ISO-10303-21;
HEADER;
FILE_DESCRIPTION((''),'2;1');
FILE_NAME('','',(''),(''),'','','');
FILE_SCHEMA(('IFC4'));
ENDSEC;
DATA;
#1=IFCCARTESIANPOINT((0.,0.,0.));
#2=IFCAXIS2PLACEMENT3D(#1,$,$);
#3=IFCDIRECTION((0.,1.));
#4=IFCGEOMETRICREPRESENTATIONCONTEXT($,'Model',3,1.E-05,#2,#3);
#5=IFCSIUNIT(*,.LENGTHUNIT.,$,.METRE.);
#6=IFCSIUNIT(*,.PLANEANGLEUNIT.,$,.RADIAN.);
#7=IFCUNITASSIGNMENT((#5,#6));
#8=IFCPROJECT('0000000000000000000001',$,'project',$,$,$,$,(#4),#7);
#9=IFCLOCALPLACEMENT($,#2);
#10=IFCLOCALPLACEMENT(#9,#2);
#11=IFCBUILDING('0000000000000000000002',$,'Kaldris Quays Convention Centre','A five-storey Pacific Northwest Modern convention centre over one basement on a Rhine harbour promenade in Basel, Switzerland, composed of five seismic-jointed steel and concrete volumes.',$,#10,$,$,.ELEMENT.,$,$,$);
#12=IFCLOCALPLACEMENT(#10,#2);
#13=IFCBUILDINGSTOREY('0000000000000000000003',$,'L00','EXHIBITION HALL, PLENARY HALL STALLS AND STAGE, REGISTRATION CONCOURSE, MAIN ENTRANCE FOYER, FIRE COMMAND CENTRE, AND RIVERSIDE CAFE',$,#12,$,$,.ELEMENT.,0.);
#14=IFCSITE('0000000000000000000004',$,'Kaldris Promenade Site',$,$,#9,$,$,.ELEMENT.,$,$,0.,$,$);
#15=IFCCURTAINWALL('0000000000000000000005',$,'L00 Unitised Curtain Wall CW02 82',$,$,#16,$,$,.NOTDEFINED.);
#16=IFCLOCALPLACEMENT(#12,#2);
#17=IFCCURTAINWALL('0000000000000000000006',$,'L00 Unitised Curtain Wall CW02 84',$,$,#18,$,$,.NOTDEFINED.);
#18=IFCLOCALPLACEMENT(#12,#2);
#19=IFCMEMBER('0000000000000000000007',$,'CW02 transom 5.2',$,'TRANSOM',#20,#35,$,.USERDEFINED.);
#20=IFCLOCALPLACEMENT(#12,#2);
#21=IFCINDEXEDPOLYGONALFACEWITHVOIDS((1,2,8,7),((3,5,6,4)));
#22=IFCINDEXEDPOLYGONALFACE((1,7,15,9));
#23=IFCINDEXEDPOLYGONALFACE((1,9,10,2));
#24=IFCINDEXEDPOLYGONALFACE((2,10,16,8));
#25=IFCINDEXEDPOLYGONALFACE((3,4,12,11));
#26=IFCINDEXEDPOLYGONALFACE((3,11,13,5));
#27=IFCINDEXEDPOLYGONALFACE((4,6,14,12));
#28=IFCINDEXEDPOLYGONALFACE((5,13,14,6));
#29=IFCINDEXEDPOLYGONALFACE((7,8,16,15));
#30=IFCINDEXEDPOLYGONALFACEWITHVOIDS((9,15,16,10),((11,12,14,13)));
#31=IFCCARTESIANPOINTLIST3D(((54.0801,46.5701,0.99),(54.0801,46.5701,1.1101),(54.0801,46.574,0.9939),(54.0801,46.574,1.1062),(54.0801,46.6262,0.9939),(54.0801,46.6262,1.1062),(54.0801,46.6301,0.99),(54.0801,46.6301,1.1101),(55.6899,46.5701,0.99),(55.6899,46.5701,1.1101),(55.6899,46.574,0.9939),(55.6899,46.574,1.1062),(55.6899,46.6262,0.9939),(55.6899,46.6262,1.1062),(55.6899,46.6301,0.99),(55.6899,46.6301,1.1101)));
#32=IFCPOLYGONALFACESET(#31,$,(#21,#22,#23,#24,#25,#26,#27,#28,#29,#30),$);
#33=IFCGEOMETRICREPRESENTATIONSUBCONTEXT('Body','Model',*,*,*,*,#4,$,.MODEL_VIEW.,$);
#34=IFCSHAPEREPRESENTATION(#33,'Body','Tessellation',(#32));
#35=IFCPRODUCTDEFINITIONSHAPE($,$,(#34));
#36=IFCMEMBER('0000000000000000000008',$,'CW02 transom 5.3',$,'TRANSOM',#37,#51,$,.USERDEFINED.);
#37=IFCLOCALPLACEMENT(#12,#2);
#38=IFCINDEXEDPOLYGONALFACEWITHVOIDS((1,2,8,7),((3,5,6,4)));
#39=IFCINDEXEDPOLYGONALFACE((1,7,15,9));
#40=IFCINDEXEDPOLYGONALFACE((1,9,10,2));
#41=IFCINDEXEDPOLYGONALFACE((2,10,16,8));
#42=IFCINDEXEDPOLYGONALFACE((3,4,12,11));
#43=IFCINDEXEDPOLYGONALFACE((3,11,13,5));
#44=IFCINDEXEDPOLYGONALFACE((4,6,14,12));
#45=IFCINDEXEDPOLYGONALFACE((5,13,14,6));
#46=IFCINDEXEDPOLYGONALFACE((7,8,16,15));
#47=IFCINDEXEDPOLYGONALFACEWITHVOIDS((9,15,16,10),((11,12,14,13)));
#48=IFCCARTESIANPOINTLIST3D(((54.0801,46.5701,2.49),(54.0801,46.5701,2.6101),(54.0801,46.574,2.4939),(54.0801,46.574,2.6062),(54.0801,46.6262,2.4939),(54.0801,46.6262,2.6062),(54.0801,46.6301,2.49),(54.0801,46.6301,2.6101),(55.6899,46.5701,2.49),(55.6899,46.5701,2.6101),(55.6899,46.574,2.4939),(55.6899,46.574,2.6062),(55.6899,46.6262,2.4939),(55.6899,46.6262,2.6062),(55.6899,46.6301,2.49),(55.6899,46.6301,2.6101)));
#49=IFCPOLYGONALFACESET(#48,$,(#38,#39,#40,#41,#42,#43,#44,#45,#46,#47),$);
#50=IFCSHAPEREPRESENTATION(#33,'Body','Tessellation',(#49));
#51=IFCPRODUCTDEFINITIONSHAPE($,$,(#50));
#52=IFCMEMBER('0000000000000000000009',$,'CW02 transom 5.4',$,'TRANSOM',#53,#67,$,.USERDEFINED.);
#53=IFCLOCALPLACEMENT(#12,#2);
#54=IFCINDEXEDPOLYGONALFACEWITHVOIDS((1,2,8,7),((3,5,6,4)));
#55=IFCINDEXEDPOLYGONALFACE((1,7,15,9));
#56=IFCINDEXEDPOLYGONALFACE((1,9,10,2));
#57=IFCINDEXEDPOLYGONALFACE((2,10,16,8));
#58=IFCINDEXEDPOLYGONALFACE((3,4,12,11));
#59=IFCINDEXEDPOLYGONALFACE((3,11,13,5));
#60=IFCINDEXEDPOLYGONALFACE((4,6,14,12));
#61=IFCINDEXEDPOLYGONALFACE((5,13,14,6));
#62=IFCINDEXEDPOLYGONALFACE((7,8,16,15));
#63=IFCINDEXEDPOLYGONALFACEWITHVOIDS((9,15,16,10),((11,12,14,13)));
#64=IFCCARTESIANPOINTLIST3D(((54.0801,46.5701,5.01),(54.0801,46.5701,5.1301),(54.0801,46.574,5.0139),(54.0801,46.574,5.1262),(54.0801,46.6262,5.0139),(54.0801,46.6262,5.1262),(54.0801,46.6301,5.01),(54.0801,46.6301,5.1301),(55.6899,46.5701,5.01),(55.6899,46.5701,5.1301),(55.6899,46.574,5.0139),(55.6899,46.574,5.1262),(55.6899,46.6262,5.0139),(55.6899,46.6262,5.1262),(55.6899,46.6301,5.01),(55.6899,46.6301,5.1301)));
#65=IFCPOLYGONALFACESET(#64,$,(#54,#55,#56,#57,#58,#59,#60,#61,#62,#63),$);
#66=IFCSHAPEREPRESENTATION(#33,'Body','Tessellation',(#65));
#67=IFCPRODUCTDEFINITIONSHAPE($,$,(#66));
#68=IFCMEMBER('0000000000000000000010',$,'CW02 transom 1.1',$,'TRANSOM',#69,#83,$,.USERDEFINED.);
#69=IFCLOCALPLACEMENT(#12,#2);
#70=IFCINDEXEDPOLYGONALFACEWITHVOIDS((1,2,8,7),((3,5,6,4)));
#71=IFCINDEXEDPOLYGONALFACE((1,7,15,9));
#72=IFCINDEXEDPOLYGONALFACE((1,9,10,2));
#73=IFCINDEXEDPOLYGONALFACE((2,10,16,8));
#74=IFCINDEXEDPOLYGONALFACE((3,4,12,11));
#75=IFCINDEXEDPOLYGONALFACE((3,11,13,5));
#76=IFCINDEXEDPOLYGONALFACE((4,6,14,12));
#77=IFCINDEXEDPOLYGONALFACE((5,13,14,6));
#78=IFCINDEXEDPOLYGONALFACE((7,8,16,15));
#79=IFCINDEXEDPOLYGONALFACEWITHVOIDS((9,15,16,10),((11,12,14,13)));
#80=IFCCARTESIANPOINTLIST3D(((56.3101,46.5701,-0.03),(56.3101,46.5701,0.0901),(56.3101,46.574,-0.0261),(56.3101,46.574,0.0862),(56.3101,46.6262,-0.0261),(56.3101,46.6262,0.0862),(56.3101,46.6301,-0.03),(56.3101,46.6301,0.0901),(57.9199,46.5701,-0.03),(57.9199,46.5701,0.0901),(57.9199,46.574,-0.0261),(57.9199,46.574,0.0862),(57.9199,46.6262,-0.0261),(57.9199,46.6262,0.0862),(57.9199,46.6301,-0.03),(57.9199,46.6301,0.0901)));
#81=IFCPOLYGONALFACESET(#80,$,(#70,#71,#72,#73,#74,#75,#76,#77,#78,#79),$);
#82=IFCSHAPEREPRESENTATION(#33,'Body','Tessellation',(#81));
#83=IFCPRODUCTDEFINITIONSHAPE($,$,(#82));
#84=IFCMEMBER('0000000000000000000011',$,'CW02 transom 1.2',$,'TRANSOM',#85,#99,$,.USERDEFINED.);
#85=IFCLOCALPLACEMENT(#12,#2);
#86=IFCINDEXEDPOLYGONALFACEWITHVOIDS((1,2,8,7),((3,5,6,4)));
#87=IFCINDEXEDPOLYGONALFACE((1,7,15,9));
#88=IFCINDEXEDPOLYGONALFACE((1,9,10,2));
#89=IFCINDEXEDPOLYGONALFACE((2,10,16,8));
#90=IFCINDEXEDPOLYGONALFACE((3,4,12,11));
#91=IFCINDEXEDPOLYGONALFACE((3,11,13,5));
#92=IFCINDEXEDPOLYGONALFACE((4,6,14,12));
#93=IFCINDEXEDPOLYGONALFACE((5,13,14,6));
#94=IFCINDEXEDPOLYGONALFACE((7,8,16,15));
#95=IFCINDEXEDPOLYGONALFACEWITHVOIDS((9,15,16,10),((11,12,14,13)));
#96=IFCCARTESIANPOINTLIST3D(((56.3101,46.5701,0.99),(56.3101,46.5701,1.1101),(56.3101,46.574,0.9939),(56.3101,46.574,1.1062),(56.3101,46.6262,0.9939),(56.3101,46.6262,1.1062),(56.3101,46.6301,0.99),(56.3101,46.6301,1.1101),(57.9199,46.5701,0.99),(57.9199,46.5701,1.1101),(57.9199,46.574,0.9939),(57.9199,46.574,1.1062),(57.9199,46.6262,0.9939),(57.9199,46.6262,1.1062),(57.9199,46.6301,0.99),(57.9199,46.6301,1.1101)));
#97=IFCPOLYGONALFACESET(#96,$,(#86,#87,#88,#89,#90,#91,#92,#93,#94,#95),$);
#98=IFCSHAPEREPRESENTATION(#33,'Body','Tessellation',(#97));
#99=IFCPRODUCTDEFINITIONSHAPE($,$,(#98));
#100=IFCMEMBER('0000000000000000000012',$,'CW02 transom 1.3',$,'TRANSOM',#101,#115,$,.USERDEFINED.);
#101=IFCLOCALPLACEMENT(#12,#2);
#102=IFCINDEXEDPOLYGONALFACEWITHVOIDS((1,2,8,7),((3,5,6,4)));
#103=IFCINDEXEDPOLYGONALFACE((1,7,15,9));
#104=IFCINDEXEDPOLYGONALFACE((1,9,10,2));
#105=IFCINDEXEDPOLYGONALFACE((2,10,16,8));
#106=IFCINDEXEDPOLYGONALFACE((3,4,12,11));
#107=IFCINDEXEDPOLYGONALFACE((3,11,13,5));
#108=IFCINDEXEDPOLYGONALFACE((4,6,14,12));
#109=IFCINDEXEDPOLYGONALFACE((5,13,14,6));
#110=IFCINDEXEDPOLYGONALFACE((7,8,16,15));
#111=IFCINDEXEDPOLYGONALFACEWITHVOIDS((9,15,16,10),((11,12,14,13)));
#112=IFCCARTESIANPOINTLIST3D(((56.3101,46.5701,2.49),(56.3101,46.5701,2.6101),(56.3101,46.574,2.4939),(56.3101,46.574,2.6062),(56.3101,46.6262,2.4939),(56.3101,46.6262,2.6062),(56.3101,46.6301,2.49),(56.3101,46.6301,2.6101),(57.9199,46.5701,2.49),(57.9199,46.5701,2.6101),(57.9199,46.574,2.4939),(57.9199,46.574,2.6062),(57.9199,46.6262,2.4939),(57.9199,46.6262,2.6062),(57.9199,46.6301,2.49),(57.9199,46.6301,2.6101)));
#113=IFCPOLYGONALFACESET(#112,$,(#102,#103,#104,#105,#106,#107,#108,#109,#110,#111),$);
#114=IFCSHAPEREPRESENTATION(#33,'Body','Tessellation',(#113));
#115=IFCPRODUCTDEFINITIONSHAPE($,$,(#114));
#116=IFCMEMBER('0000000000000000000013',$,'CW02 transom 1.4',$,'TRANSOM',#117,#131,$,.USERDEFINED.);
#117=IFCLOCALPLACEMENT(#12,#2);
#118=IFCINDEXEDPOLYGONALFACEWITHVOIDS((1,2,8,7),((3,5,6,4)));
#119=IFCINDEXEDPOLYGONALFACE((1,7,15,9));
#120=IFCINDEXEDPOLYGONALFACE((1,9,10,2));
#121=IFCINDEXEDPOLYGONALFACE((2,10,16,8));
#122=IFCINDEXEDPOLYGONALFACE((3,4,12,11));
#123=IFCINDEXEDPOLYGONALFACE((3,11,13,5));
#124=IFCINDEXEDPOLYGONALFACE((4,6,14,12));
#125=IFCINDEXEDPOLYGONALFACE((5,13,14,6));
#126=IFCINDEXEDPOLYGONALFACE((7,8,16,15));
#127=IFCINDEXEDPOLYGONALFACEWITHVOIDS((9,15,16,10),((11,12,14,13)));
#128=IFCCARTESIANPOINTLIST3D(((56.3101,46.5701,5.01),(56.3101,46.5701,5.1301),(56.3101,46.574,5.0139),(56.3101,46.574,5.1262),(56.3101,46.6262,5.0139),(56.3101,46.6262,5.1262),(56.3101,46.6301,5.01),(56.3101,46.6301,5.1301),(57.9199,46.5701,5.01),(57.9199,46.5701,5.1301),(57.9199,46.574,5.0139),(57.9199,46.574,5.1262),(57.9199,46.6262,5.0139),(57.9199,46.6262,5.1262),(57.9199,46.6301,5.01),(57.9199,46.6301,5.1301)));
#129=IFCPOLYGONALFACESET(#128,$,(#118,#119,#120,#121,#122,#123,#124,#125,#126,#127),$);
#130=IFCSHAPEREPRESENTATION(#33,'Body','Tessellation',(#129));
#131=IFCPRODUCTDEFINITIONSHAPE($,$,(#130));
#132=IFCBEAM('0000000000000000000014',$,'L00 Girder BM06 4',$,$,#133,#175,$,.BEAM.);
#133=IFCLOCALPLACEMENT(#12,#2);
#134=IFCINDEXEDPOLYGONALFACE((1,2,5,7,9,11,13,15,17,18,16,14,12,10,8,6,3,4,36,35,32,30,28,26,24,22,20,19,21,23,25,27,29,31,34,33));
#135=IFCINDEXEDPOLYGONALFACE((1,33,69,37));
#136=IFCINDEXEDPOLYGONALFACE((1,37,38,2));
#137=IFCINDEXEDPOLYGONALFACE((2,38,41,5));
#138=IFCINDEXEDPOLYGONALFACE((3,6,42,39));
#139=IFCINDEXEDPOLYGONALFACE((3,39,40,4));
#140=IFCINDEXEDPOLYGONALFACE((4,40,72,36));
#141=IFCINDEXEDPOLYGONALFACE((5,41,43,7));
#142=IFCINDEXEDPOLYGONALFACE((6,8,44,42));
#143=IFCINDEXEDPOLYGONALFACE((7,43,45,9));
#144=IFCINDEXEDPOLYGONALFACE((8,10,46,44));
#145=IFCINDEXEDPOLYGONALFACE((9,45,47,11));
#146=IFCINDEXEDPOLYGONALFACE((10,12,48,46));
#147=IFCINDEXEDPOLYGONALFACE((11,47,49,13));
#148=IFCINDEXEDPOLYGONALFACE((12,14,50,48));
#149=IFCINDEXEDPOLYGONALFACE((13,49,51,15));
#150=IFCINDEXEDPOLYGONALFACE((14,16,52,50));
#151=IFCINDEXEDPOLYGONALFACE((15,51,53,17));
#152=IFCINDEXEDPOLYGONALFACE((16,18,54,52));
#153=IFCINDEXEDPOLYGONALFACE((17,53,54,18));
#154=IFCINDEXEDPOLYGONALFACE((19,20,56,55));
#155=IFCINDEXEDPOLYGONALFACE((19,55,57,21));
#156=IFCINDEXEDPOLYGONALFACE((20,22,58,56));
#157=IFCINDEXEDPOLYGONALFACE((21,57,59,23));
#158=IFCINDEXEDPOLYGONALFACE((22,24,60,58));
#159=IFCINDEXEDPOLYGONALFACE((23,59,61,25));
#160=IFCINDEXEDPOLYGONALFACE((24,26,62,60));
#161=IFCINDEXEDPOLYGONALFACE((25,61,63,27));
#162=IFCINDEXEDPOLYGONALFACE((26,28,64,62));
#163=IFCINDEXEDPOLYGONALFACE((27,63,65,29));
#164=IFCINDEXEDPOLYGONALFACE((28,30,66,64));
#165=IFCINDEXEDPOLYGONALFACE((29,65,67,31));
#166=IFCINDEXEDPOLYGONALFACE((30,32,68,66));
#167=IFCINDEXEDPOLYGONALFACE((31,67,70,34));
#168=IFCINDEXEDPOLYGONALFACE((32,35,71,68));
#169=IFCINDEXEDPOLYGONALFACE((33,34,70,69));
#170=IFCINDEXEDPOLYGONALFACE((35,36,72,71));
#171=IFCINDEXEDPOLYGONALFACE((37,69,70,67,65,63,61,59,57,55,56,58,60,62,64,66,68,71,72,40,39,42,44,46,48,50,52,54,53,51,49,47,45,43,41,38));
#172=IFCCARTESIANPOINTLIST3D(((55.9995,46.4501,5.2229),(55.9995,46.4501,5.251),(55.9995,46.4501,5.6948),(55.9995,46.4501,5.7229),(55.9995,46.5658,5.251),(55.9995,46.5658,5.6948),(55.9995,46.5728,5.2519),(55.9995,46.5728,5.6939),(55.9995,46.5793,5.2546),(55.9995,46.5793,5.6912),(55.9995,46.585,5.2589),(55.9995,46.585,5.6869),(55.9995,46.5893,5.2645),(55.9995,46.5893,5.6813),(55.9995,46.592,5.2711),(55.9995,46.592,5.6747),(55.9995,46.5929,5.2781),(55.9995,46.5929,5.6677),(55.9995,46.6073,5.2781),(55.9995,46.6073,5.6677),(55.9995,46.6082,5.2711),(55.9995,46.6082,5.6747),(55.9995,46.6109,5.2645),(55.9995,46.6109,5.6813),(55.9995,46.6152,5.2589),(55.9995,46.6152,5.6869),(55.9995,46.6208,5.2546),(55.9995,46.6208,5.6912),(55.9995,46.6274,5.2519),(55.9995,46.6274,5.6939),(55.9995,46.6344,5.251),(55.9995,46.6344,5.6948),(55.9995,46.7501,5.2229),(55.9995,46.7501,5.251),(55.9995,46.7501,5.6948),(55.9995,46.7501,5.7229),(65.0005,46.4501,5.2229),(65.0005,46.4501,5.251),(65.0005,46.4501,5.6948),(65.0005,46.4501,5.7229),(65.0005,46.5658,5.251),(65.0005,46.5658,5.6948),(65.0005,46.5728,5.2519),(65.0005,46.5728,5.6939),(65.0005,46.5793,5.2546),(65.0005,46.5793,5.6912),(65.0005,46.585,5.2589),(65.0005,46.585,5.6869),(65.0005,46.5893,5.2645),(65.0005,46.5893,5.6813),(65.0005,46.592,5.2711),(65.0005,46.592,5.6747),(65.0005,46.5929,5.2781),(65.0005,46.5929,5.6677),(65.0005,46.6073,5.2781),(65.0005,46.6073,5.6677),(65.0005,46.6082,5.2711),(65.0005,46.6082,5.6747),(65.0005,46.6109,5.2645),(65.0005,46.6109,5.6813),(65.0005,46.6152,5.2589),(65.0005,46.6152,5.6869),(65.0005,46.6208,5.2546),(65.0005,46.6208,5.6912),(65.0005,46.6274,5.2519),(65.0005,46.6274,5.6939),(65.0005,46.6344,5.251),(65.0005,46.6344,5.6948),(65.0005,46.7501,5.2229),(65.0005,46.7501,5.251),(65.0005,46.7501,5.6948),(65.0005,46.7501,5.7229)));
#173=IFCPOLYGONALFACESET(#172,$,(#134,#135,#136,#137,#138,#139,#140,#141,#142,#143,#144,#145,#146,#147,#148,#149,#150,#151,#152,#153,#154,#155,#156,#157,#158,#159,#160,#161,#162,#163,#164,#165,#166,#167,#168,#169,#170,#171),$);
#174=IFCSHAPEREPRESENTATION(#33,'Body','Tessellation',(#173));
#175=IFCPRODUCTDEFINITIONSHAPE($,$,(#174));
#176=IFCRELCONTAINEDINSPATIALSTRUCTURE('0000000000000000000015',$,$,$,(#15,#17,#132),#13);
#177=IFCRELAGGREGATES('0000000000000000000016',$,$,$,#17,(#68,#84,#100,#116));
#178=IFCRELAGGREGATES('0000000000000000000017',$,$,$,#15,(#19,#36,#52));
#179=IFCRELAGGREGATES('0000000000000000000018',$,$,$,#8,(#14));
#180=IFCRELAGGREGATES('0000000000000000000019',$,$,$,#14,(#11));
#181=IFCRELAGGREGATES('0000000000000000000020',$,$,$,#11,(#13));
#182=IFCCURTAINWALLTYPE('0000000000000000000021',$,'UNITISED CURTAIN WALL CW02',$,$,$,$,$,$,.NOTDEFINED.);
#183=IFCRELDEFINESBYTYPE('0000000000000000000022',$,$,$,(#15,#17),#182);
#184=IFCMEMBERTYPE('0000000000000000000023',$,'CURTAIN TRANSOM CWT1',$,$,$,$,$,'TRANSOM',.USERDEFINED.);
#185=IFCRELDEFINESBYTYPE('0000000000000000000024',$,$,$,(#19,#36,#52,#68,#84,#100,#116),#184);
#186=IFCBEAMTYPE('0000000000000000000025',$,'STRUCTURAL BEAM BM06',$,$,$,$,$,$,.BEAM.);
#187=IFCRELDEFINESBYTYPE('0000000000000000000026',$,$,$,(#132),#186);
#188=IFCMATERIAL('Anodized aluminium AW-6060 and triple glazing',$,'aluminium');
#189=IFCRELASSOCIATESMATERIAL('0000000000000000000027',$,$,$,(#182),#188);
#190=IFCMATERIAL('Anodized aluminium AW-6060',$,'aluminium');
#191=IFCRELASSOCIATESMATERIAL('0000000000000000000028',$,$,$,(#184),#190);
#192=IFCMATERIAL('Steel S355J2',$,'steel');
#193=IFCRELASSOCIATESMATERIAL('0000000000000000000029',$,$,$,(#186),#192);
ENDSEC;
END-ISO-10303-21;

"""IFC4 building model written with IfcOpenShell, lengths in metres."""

from ifc_helpers import new_model, si_unit, direction, frame, origin, origin_2d, place, context, subcontext, project, spatial, hollow_rectangle, i_section, extrude, material, material_profile, profile_set, type_object, element, aggregate, save


model = new_model("IFC4")

# Units and contexts
model_context = context("Model", 3, precision=1e-05, world=origin(), true_north=direction((0.0, 1.0)))
body_context = subcontext(model_context, "Body", "Model", "MODEL_VIEW")
ifc_project = project(units=[si_unit("LENGTHUNIT", "METRE"), si_unit("PLANEANGLEUNIT", "RADIAN")], contexts=[model_context])

# Site, building, storey
site_placement = place(None, origin())
site = spatial("IfcSite", under=ifc_project, at=site_placement, Name="Kaldris Promenade Site", CompositionType="ELEMENT", RefElevation=0.0)
building_placement = place(site_placement, origin())
building = spatial("IfcBuilding", under=site, at=building_placement, Name="Kaldris Quays Convention Centre", Description="A five-storey Pacific Northwest Modern convention centre over one basement on a Rhine harbour promenade in Basel, Switzerland, composed of five seismic-jointed steel and concrete volumes.", CompositionType="ELEMENT")
storey_placement = place(building_placement, origin())
storey = spatial("IfcBuildingStorey", under=building, at=storey_placement, Name="L00", Description="EXHIBITION HALL, PLENARY HALL STALLS AND STAGE, REGISTRATION CONCOURSE, MAIN ENTRANCE FOYER, FIRE COMMAND CENTRE, AND RIVERSIDE CAFE", CompositionType="ELEMENT", Elevation=0.0)

# Shared definitions
ifc_material_1 = material(Name="Steel S355J2", Category="steel")

# Curtain wall
ifc_material_2 = material(Name="Anodized aluminium AW-6060 and triple glazing", Category="aluminium")
curtain_wall_type = type_object("IfcCurtainWallType", Name="UNITISED CURTAIN WALL CW02", PredefinedType="NOTDEFINED", material=ifc_material_2)
curtain_wall_1_placement = place(storey_placement, origin())
curtain_wall_1 = element("IfcCurtainWall", 1, at=curtain_wall_1_placement, inside=storey, type_object=curtain_wall_type, Name="L00 Unitised Curtain Wall CW02 82", PredefinedType="NOTDEFINED")
ifc_material_3 = material(Name="Anodized aluminium AW-6060", Category="aluminium")

# Curtain wall
curtain_wall_2_placement = place(storey_placement, origin())
curtain_wall_2 = element("IfcCurtainWall", 2, at=curtain_wall_2_placement, inside=storey, type_object=curtain_wall_type, Name="L00 Unitised Curtain Wall CW02 84", PredefinedType="NOTDEFINED")

# Members
ifc_material_profile_1 = material_profile(ifc_material_3, hollow_rectangle(XDim=0.0601, YDim=0.1201, WallThickness=0.0039, at=origin_2d()), Name="RHS 120x60x4")
ifc_profile_set_1 = profile_set([ifc_material_profile_1], Name="Anodized aluminium AW-6060")
member_type_1 = type_object("IfcMemberType", Name="CURTAIN TRANSOM CWT1", ElementType="TRANSOM", PredefinedType="USERDEFINED", material=ifc_profile_set_1)
member_1_placement = place(storey_placement, frame((54.0801, 46.6001, 1.05), z_axis=(1.0, 0.0, 0.0), x_axis=(0.0, 1.0, 0.0)))
member_1 = element("IfcMember", 3, at=member_1_placement, type_object=member_type_1, Name="CW02 transom 5.2", ObjectType="TRANSOM", PredefinedType="USERDEFINED", context=body_context, shape_type="SweptSolid", body=[
    extrude(hollow_rectangle(XDim=0.0601, YDim=0.1201, WallThickness=0.0039, at=origin_2d()), origin(), (0.0, 0.0, 1.0), 1.6099),
])
member_2_placement = place(storey_placement, frame((54.0801, 46.6001, 2.55), z_axis=(1.0, 0.0, 0.0), x_axis=(0.0, 1.0, 0.0)))
member_2 = element("IfcMember", 4, at=member_2_placement, type_object=member_type_1, Name="CW02 transom 5.3", ObjectType="TRANSOM", PredefinedType="USERDEFINED", context=body_context, shape_type="SweptSolid", body=[
    extrude(hollow_rectangle(XDim=0.0601, YDim=0.1201, WallThickness=0.0039, at=origin_2d()), origin(), (0.0, 0.0, 1.0), 1.6099),
])
member_3_placement = place(storey_placement, frame((54.0801, 46.6001, 5.0701), z_axis=(1.0, 0.0, 0.0), x_axis=(0.0, 1.0, 0.0)))
member_3 = element("IfcMember", 5, at=member_3_placement, type_object=member_type_1, Name="CW02 transom 5.4", ObjectType="TRANSOM", PredefinedType="USERDEFINED", context=body_context, shape_type="SweptSolid", body=[
    extrude(hollow_rectangle(XDim=0.0601, YDim=0.1201, WallThickness=0.0039, at=origin_2d()), origin(), (0.0, 0.0, 1.0), 1.6099),
])
member_4_placement = place(storey_placement, frame((56.3101, 46.6001, 0.03), z_axis=(1.0, 0.0, 0.0), x_axis=(0.0, 1.0, 0.0)))
member_4 = element("IfcMember", 6, at=member_4_placement, type_object=member_type_1, Name="CW02 transom 1.1", ObjectType="TRANSOM", PredefinedType="USERDEFINED", context=body_context, shape_type="SweptSolid", body=[
    extrude(hollow_rectangle(XDim=0.0601, YDim=0.1201, WallThickness=0.0039, at=origin_2d()), origin(), (0.0, 0.0, 1.0), 1.6099),
])
member_5_placement = place(storey_placement, frame((56.3101, 46.6001, 1.05), z_axis=(1.0, 0.0, 0.0), x_axis=(0.0, 1.0, 0.0)))
member_5 = element("IfcMember", 7, at=member_5_placement, type_object=member_type_1, Name="CW02 transom 1.2", ObjectType="TRANSOM", PredefinedType="USERDEFINED", context=body_context, shape_type="SweptSolid", body=[
    extrude(hollow_rectangle(XDim=0.0601, YDim=0.1201, WallThickness=0.0039, at=origin_2d()), origin(), (0.0, 0.0, 1.0), 1.6099),
])
member_6_placement = place(storey_placement, frame((56.3101, 46.6001, 2.55), z_axis=(1.0, 0.0, 0.0), x_axis=(0.0, 1.0, 0.0)))
member_6 = element("IfcMember", 8, at=member_6_placement, type_object=member_type_1, Name="CW02 transom 1.3", ObjectType="TRANSOM", PredefinedType="USERDEFINED", context=body_context, shape_type="SweptSolid", body=[
    extrude(hollow_rectangle(XDim=0.0601, YDim=0.1201, WallThickness=0.0039, at=origin_2d()), origin(), (0.0, 0.0, 1.0), 1.6099),
])
member_7_placement = place(storey_placement, frame((56.3101, 46.6001, 5.0701), z_axis=(1.0, 0.0, 0.0), x_axis=(0.0, 1.0, 0.0)))
member_7 = element("IfcMember", 9, at=member_7_placement, type_object=member_type_1, Name="CW02 transom 1.4", ObjectType="TRANSOM", PredefinedType="USERDEFINED", context=body_context, shape_type="SweptSolid", body=[
    extrude(hollow_rectangle(XDim=0.0601, YDim=0.1201, WallThickness=0.0039, at=origin_2d()), origin(), (0.0, 0.0, 1.0), 1.6099),
])
aggregate(curtain_wall_2, [member_4, member_5, member_6, member_7])

# Beam
ifc_material_profile_2 = material_profile(ifc_material_1, i_section(OverallWidth=0.3, OverallDepth=0.5, WebThickness=0.0144, FlangeThickness=0.0281, FilletRadius=0.0271, at=origin_2d()), Name="HEB 500")
ifc_profile_set_2 = profile_set([ifc_material_profile_2], Name="Steel S355J2")
beam_type_1 = type_object("IfcBeamType", Name="STRUCTURAL BEAM BM06", PredefinedType="BEAM", material=ifc_profile_set_2)
beam_1_placement = place(storey_placement, frame((55.9995, 46.6001, 5.4729), z_axis=(1.0, 0.0, 0.0), x_axis=(0.0, 1.0, 0.0)))
element("IfcBeam", 10, at=beam_1_placement, inside=storey, type_object=beam_type_1, Name="L00 Girder BM06 4", PredefinedType="BEAM", context=body_context, shape_type="SweptSolid", body=[
    extrude(i_section(OverallWidth=0.3, OverallDepth=0.5, WebThickness=0.0144, FlangeThickness=0.0281, FilletRadius=0.0271, at=origin_2d()), origin(), (0.0, 0.0, 1.0), 9.001),
])

aggregate(curtain_wall_1, [member_1, member_2, member_3])

save(model, "model.ifc")
